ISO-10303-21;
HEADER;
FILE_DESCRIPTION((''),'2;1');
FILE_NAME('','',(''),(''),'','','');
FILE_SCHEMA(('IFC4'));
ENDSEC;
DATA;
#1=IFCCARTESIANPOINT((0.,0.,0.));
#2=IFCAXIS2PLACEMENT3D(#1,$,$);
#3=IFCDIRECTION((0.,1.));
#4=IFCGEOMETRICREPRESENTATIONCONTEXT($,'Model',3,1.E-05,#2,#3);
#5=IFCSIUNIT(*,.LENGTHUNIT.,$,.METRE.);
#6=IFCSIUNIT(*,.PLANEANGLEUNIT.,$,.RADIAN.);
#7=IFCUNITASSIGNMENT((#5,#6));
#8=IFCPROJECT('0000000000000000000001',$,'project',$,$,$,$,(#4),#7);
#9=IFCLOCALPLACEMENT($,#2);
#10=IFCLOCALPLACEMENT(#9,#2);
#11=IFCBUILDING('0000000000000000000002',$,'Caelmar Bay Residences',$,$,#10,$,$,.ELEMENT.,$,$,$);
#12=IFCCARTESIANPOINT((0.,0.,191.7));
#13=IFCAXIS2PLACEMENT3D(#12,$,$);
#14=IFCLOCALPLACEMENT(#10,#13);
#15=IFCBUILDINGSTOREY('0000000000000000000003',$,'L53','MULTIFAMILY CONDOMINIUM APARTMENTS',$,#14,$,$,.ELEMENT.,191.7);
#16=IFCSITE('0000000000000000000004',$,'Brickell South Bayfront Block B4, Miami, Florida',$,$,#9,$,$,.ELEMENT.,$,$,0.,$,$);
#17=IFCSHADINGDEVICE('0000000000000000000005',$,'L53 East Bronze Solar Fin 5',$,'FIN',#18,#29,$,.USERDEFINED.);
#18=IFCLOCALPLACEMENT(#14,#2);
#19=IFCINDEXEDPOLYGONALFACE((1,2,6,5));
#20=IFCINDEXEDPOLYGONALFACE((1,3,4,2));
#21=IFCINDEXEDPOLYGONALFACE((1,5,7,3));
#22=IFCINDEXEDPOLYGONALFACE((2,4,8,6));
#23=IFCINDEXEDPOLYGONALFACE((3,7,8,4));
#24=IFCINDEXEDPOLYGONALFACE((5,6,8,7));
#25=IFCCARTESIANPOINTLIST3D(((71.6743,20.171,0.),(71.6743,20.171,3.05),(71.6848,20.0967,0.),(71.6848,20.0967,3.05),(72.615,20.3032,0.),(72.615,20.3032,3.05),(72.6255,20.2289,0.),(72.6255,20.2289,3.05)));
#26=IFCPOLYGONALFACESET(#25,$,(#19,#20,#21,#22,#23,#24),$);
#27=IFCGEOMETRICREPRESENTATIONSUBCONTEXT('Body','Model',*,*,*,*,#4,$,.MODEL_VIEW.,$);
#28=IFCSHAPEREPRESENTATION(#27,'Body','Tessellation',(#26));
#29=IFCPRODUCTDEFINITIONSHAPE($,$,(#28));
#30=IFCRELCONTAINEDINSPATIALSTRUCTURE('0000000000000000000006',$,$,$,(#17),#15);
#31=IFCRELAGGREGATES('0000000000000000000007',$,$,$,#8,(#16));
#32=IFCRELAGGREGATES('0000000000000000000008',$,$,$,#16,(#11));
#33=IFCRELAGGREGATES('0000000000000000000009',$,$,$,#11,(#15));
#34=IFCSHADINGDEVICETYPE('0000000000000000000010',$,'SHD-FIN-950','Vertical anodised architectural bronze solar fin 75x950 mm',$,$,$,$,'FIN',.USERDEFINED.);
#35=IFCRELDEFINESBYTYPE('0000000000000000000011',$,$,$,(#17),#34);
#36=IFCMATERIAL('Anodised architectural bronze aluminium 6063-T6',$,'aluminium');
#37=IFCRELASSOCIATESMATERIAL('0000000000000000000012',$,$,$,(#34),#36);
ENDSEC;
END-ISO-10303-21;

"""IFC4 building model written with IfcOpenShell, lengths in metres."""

from ifc_helpers import new_model, si_unit, direction, frame, origin, origin_2d, place, context, subcontext, project, spatial, rectangle, extrude, material, material_profile, profile_set, type_object, element, save


model = new_model("IFC4")

# Units and contexts
model_context = context("Model", 3, precision=1e-05, world=origin(), true_north=direction((0.0, 1.0)))
body_context = subcontext(model_context, "Body", "Model", "MODEL_VIEW")
ifc_project = project(units=[si_unit("LENGTHUNIT", "METRE"), si_unit("PLANEANGLEUNIT", "RADIAN")], contexts=[model_context])

# Site, building, storey
site_placement = place(None, origin())
site = spatial("IfcSite", under=ifc_project, at=site_placement, Name="Brickell South Bayfront Block B4, Miami, Florida", CompositionType="ELEMENT", RefElevation=0.0)
building_placement = place(site_placement, origin())
building = spatial("IfcBuilding", under=site, at=building_placement, Name="Caelmar Bay Residences", CompositionType="ELEMENT")
storey_placement = place(building_placement, frame((0.0, 0.0, 191.7)))
storey = spatial("IfcBuildingStorey", under=building, at=storey_placement, Name="L53", Description="MULTIFAMILY CONDOMINIUM APARTMENTS", CompositionType="ELEMENT", Elevation=191.7)

# Shading device
ifc_material_1 = material(Name="Anodised architectural bronze aluminium 6063-T6", Category="aluminium")
ifc_material_profile_1 = material_profile(ifc_material_1, rectangle(XDim=0.075, YDim=0.95, at=origin_2d()), Name="BRONZE-FIN-75X950")
ifc_profile_set_1 = profile_set([ifc_material_profile_1], Name="Anodised architectural bronze aluminium 6063-T6")
shading_device_type = type_object("IfcShadingDeviceType", Name="SHD-FIN-950", Description="Vertical anodised architectural bronze solar fin 75x950 mm", ElementType="FIN", PredefinedType="USERDEFINED", material=ifc_profile_set_1)
for number, where, z_axis, x_axis, name in (
    (1, (72.1499, 20.2, 0.0), (0.0, 0.0, 1.0), (-0.139173, 0.990268, 0.0), "L53 East Bronze Solar Fin 5"),
):
    element("IfcShadingDevice", number, at=place(storey_placement, frame(where, z_axis=z_axis, x_axis=x_axis)), inside=storey, type_object=shading_device_type, Name=name, ObjectType="FIN", PredefinedType="USERDEFINED", context=body_context, shape_type="SweptSolid", body=[
        extrude(rectangle(XDim=0.075, YDim=0.95, at=origin_2d()), origin(), (0.0, 0.0, 1.0), 3.05),
    ])

save(model, "model.ifc")
